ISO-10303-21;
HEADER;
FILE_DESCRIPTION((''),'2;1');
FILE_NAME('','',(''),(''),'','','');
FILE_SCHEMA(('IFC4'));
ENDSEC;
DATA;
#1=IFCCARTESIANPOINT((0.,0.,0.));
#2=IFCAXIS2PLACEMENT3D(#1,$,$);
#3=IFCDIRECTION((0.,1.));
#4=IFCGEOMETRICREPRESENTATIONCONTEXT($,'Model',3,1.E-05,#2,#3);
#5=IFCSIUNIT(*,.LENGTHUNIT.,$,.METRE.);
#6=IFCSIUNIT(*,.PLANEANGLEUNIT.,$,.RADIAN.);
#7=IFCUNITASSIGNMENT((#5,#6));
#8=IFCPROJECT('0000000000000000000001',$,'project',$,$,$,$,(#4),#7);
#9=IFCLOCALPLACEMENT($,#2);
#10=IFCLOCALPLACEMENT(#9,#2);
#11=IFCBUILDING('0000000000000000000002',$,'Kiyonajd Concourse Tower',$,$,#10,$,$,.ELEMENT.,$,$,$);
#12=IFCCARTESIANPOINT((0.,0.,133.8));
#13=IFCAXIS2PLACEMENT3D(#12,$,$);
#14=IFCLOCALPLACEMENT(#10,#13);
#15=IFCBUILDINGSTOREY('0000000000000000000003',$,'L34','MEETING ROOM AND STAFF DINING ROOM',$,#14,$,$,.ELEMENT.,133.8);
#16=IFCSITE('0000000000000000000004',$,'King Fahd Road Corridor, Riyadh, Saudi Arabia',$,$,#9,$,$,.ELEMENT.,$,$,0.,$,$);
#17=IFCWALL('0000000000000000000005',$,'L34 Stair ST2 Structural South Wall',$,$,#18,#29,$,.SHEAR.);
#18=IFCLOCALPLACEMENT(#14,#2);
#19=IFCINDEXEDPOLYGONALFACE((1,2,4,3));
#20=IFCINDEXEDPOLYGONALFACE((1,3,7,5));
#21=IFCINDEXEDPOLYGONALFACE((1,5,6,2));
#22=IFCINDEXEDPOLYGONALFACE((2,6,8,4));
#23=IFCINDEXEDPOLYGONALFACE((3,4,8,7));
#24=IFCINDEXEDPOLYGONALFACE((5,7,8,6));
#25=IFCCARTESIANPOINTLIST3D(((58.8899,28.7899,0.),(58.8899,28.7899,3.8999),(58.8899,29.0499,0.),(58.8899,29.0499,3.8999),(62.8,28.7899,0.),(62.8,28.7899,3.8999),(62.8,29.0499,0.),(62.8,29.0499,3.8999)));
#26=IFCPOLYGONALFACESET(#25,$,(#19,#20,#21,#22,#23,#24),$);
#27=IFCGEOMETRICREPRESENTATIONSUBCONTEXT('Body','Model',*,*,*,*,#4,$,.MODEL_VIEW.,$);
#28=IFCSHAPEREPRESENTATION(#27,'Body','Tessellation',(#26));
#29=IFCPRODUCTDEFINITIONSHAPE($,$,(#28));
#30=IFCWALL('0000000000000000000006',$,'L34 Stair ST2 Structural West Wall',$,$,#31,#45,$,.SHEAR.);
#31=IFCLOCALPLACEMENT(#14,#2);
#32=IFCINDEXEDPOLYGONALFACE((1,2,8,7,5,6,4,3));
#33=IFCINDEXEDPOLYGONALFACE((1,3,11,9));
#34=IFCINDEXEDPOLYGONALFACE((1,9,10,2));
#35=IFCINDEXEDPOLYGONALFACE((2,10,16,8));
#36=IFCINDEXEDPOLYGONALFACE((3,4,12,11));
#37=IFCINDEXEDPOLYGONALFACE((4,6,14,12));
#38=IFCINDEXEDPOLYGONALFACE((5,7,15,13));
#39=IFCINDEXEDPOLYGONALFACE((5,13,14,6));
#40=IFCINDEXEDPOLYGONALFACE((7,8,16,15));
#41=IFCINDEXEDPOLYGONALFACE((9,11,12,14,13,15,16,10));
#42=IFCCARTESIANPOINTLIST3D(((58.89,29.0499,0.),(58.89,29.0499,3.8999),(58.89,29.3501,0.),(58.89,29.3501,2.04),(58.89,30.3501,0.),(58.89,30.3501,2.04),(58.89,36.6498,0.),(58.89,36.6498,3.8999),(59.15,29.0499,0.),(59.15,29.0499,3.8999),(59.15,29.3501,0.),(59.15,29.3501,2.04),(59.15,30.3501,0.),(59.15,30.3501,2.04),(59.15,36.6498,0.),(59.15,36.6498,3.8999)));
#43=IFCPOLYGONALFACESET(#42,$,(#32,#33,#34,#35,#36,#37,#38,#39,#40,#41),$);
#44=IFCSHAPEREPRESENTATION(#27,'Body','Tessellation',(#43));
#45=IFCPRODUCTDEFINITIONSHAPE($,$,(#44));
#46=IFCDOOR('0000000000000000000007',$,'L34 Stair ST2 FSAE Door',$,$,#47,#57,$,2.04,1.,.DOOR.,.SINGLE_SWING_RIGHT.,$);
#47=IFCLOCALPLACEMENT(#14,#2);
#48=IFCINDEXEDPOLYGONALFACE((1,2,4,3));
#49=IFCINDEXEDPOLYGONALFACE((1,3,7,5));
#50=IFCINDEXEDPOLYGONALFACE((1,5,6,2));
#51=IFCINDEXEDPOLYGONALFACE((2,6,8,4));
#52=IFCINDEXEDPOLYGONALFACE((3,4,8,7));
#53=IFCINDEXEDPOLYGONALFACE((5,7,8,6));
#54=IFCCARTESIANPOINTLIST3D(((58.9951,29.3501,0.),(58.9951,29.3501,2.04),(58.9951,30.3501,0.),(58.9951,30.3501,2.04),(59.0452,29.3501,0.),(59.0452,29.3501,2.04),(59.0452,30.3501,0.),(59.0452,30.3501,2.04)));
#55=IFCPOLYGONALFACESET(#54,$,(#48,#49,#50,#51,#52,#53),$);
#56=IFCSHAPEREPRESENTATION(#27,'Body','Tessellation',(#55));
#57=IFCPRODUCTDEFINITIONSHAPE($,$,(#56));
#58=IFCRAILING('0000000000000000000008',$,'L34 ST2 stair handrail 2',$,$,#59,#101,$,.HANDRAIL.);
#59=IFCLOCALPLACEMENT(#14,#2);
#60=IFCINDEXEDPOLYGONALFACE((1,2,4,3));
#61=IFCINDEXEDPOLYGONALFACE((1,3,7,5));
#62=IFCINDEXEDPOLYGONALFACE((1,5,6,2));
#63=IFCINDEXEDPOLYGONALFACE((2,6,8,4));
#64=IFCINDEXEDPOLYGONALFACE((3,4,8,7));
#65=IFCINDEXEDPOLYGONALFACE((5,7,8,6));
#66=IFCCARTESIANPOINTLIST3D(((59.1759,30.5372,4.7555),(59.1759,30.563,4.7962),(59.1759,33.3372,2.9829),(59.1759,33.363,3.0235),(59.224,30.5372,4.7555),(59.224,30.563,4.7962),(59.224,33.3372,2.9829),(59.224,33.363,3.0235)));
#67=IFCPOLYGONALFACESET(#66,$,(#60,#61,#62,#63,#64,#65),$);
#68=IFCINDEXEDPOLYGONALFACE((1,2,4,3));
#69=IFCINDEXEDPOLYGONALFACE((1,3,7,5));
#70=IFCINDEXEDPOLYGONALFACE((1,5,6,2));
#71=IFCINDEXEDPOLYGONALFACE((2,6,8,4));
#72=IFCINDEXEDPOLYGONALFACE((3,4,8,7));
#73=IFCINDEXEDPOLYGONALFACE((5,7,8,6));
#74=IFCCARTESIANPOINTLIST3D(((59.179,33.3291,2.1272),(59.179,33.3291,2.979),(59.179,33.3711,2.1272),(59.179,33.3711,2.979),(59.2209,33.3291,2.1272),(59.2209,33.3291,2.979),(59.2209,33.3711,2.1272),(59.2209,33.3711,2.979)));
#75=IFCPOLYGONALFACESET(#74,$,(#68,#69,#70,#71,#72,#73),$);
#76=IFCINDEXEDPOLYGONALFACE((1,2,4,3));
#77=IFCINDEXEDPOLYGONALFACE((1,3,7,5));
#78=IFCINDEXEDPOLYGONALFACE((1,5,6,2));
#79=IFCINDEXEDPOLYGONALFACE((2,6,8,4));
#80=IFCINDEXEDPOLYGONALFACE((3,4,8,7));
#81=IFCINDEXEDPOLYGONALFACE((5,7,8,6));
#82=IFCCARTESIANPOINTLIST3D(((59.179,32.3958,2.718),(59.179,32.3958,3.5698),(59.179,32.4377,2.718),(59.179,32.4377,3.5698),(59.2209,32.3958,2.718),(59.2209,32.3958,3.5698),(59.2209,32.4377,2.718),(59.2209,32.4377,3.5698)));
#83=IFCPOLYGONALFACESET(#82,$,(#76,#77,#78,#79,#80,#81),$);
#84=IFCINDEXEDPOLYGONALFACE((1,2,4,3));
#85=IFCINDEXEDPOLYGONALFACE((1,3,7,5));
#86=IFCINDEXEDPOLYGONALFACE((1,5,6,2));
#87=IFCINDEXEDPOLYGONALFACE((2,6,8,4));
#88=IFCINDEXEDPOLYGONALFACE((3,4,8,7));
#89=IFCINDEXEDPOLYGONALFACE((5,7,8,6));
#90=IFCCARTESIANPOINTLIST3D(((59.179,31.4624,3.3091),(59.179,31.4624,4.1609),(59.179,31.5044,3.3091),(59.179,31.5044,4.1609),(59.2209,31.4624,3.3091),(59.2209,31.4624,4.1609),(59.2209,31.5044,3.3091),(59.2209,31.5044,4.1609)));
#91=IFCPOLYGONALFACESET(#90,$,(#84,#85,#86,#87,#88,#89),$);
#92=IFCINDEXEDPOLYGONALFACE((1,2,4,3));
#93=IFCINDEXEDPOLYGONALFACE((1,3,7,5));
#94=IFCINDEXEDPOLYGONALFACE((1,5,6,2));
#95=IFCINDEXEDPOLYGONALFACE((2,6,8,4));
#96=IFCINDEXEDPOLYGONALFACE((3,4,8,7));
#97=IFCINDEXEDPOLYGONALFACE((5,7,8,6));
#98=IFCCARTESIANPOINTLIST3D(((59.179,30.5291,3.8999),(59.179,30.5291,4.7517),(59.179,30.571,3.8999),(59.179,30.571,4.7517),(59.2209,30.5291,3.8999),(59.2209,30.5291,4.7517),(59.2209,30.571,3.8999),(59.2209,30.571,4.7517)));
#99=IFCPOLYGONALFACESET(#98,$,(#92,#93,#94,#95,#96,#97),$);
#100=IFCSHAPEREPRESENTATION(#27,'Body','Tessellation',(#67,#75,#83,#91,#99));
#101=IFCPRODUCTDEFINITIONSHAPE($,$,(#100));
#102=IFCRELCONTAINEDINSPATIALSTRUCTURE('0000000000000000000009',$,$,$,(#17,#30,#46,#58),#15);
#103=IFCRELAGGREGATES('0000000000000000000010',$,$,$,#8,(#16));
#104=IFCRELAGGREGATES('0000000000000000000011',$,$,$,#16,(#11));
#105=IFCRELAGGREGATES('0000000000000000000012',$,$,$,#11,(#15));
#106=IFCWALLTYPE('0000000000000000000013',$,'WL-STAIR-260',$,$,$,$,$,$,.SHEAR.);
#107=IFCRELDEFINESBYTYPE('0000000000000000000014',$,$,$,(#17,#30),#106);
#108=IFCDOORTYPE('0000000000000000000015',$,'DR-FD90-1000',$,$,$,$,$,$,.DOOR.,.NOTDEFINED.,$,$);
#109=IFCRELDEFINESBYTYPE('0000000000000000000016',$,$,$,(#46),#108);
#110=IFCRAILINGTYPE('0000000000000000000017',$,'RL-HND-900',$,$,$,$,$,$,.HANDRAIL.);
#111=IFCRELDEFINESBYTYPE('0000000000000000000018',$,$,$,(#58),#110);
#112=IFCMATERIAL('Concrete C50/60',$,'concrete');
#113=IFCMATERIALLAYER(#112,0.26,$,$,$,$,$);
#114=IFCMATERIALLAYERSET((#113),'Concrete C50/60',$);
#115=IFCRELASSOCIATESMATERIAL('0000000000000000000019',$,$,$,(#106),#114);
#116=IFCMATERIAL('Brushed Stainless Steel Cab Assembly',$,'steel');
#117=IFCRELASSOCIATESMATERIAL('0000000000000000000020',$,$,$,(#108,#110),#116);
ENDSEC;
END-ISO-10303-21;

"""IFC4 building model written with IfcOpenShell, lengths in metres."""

from ifc_helpers import new_model, si_unit, direction, frame, frame_2d, origin, origin_2d, place, context, subcontext, project, spatial, rectangle, extrude, material, layer, layer_set, type_object, element, fill, save


model = new_model("IFC4")

# Units and contexts
model_context = context("Model", 3, precision=1e-05, world=origin(), true_north=direction((0.0, 1.0)))
body_context = subcontext(model_context, "Body", "Model", "MODEL_VIEW")
ifc_project = project(units=[si_unit("LENGTHUNIT", "METRE"), si_unit("PLANEANGLEUNIT", "RADIAN")], contexts=[model_context])

# Site, building, storey
site_placement = place(None, origin())
site = spatial("IfcSite", under=ifc_project, at=site_placement, Name="King Fahd Road Corridor, Riyadh, Saudi Arabia", CompositionType="ELEMENT", RefElevation=0.0)
building_placement = place(site_placement, origin())
building = spatial("IfcBuilding", under=site, at=building_placement, Name="Kiyonajd Concourse Tower", CompositionType="ELEMENT")
storey_placement = place(building_placement, frame((0.0, 0.0, 133.8)))
storey = spatial("IfcBuildingStorey", under=building, at=storey_placement, Name="L34", Description="MEETING ROOM AND STAFF DINING ROOM", CompositionType="ELEMENT", Elevation=133.8)

# Shared definitions
ifc_material_1 = material(Name="Concrete C50/60", Category="concrete")

# Shared definitions
ifc_material_2 = material(Name="Brushed Stainless Steel Cab Assembly", Category="steel")

# Wall
ifc_layer_1 = layer(ifc_material_1, 0.26)
ifc_layer_set_1 = layer_set([ifc_layer_1], Name="Concrete C50/60")
wall_type_1 = type_object("IfcWallType", Name="WL-STAIR-260", PredefinedType="SHEAR", material=ifc_layer_set_1)
wall_1_placement = place(storey_placement, frame((58.8899, 28.9199, 0.0), z_axis=(0.0, 0.0, 1.0), x_axis=(1.0, 0.0, 0.0)))
element("IfcWall", 1, at=wall_1_placement, inside=storey, type_object=wall_type_1, Name="L34 Stair ST2 Structural South Wall", PredefinedType="SHEAR", context=body_context, shape_type="SweptSolid", body=[
    extrude(rectangle(XDim=3.9102, YDim=0.26, at=frame_2d((1.9551, 0.0))), origin(), (0.0, 0.0, 1.0), 3.8999),
])

# Wall, opening, door
wall_2_placement = place(storey_placement, frame((59.02, 29.05, 0.0), z_axis=(0.0, 0.0, 1.0), x_axis=(0.0, 1.0, 0.0)))
wall_2 = element("IfcWall", 2, at=wall_2_placement, inside=storey, type_object=wall_type_1, Name="L34 Stair ST2 Structural West Wall", PredefinedType="SHEAR", context=body_context, shape_type="SweptSolid", body=[
    extrude(rectangle(XDim=7.5999, YDim=0.26, at=frame_2d((3.7998, 0.0))), origin(), (0.0, 0.0, 1.0), 3.8999),
])
opening_1_placement = place(wall_2_placement, frame((0.3, 0.0, 0.0)))
opening_1 = element("IfcOpeningElement", 3, at=opening_1_placement, cuts=wall_2, PredefinedType="OPENING", context=body_context, shape_type="SweptSolid", body=[
    extrude(rectangle(XDim=1.0, YDim=2.04, at=frame_2d((0.5, 1.02))), frame((0.0, 0.1399, 0.0), z_axis=(0.0, -1.0, 0.0), x_axis=(1.0, 0.0, 0.0)), (0.0, 0.0, 1.0), 0.28),
])
door_type_1 = type_object("IfcDoorType", Name="DR-FD90-1000", OperationType="NOTDEFINED", PredefinedType="DOOR", material=ifc_material_2)
door_1_placement = place(opening_1_placement, origin())
door_1 = element("IfcDoor", 4, at=door_1_placement, inside=storey, type_object=door_type_1, Name="L34 Stair ST2 FSAE Door", OperationType="SINGLE_SWING_RIGHT", OverallHeight=2.04, OverallWidth=1.0, PredefinedType="DOOR", context=body_context, shape_type="SweptSolid", body=[
    extrude(rectangle(XDim=1.0, YDim=2.04, at=frame_2d((0.5, 1.02))), frame((0.0, 0.0249, 0.0), z_axis=(0.0, -1.0, 0.0), x_axis=(1.0, 0.0, 0.0)), (0.0, 0.0, 1.0), 0.05),
])
fill(opening_1, door_1)

# Railing
railing_type = type_object("IfcRailingType", Name="RL-HND-900", PredefinedType="HANDRAIL", material=ifc_material_2)
railing_placement = place(storey_placement, frame((59.2, 33.3501, 2.1272)))
element("IfcRailing", 5, at=railing_placement, inside=storey, type_object=railing_type, Name="L34 ST2 stair handrail 2", PredefinedType="HANDRAIL", context=body_context, shape_type="SweptSolid", body=[
    extrude(rectangle(XDim=0.0481, YDim=0.0481, at=origin_2d()), frame((0.0, 0.0, 0.876), z_axis=(0.0, -0.844909, 0.53491), x_axis=(1.0, 0.0, 0.0)), (0.0, 0.0, 1.0), 3.314),
    extrude(rectangle(XDim=0.042, YDim=0.042, at=origin_2d()), origin(), (0.0, 0.0, 1.0), 0.8518),
    extrude(rectangle(XDim=0.042, YDim=0.042, at=origin_2d()), frame((0.0, -0.9333, 0.5908)), (0.0, 0.0, 1.0), 0.8518),
    extrude(rectangle(XDim=0.042, YDim=0.042, at=origin_2d()), frame((0.0, -1.8667, 1.1819)), (0.0, 0.0, 1.0), 0.8518),
    extrude(rectangle(XDim=0.042, YDim=0.042, at=origin_2d()), frame((0.0, -2.8, 1.7727)), (0.0, 0.0, 1.0), 0.8518),
])

save(model, "model.ifc")
